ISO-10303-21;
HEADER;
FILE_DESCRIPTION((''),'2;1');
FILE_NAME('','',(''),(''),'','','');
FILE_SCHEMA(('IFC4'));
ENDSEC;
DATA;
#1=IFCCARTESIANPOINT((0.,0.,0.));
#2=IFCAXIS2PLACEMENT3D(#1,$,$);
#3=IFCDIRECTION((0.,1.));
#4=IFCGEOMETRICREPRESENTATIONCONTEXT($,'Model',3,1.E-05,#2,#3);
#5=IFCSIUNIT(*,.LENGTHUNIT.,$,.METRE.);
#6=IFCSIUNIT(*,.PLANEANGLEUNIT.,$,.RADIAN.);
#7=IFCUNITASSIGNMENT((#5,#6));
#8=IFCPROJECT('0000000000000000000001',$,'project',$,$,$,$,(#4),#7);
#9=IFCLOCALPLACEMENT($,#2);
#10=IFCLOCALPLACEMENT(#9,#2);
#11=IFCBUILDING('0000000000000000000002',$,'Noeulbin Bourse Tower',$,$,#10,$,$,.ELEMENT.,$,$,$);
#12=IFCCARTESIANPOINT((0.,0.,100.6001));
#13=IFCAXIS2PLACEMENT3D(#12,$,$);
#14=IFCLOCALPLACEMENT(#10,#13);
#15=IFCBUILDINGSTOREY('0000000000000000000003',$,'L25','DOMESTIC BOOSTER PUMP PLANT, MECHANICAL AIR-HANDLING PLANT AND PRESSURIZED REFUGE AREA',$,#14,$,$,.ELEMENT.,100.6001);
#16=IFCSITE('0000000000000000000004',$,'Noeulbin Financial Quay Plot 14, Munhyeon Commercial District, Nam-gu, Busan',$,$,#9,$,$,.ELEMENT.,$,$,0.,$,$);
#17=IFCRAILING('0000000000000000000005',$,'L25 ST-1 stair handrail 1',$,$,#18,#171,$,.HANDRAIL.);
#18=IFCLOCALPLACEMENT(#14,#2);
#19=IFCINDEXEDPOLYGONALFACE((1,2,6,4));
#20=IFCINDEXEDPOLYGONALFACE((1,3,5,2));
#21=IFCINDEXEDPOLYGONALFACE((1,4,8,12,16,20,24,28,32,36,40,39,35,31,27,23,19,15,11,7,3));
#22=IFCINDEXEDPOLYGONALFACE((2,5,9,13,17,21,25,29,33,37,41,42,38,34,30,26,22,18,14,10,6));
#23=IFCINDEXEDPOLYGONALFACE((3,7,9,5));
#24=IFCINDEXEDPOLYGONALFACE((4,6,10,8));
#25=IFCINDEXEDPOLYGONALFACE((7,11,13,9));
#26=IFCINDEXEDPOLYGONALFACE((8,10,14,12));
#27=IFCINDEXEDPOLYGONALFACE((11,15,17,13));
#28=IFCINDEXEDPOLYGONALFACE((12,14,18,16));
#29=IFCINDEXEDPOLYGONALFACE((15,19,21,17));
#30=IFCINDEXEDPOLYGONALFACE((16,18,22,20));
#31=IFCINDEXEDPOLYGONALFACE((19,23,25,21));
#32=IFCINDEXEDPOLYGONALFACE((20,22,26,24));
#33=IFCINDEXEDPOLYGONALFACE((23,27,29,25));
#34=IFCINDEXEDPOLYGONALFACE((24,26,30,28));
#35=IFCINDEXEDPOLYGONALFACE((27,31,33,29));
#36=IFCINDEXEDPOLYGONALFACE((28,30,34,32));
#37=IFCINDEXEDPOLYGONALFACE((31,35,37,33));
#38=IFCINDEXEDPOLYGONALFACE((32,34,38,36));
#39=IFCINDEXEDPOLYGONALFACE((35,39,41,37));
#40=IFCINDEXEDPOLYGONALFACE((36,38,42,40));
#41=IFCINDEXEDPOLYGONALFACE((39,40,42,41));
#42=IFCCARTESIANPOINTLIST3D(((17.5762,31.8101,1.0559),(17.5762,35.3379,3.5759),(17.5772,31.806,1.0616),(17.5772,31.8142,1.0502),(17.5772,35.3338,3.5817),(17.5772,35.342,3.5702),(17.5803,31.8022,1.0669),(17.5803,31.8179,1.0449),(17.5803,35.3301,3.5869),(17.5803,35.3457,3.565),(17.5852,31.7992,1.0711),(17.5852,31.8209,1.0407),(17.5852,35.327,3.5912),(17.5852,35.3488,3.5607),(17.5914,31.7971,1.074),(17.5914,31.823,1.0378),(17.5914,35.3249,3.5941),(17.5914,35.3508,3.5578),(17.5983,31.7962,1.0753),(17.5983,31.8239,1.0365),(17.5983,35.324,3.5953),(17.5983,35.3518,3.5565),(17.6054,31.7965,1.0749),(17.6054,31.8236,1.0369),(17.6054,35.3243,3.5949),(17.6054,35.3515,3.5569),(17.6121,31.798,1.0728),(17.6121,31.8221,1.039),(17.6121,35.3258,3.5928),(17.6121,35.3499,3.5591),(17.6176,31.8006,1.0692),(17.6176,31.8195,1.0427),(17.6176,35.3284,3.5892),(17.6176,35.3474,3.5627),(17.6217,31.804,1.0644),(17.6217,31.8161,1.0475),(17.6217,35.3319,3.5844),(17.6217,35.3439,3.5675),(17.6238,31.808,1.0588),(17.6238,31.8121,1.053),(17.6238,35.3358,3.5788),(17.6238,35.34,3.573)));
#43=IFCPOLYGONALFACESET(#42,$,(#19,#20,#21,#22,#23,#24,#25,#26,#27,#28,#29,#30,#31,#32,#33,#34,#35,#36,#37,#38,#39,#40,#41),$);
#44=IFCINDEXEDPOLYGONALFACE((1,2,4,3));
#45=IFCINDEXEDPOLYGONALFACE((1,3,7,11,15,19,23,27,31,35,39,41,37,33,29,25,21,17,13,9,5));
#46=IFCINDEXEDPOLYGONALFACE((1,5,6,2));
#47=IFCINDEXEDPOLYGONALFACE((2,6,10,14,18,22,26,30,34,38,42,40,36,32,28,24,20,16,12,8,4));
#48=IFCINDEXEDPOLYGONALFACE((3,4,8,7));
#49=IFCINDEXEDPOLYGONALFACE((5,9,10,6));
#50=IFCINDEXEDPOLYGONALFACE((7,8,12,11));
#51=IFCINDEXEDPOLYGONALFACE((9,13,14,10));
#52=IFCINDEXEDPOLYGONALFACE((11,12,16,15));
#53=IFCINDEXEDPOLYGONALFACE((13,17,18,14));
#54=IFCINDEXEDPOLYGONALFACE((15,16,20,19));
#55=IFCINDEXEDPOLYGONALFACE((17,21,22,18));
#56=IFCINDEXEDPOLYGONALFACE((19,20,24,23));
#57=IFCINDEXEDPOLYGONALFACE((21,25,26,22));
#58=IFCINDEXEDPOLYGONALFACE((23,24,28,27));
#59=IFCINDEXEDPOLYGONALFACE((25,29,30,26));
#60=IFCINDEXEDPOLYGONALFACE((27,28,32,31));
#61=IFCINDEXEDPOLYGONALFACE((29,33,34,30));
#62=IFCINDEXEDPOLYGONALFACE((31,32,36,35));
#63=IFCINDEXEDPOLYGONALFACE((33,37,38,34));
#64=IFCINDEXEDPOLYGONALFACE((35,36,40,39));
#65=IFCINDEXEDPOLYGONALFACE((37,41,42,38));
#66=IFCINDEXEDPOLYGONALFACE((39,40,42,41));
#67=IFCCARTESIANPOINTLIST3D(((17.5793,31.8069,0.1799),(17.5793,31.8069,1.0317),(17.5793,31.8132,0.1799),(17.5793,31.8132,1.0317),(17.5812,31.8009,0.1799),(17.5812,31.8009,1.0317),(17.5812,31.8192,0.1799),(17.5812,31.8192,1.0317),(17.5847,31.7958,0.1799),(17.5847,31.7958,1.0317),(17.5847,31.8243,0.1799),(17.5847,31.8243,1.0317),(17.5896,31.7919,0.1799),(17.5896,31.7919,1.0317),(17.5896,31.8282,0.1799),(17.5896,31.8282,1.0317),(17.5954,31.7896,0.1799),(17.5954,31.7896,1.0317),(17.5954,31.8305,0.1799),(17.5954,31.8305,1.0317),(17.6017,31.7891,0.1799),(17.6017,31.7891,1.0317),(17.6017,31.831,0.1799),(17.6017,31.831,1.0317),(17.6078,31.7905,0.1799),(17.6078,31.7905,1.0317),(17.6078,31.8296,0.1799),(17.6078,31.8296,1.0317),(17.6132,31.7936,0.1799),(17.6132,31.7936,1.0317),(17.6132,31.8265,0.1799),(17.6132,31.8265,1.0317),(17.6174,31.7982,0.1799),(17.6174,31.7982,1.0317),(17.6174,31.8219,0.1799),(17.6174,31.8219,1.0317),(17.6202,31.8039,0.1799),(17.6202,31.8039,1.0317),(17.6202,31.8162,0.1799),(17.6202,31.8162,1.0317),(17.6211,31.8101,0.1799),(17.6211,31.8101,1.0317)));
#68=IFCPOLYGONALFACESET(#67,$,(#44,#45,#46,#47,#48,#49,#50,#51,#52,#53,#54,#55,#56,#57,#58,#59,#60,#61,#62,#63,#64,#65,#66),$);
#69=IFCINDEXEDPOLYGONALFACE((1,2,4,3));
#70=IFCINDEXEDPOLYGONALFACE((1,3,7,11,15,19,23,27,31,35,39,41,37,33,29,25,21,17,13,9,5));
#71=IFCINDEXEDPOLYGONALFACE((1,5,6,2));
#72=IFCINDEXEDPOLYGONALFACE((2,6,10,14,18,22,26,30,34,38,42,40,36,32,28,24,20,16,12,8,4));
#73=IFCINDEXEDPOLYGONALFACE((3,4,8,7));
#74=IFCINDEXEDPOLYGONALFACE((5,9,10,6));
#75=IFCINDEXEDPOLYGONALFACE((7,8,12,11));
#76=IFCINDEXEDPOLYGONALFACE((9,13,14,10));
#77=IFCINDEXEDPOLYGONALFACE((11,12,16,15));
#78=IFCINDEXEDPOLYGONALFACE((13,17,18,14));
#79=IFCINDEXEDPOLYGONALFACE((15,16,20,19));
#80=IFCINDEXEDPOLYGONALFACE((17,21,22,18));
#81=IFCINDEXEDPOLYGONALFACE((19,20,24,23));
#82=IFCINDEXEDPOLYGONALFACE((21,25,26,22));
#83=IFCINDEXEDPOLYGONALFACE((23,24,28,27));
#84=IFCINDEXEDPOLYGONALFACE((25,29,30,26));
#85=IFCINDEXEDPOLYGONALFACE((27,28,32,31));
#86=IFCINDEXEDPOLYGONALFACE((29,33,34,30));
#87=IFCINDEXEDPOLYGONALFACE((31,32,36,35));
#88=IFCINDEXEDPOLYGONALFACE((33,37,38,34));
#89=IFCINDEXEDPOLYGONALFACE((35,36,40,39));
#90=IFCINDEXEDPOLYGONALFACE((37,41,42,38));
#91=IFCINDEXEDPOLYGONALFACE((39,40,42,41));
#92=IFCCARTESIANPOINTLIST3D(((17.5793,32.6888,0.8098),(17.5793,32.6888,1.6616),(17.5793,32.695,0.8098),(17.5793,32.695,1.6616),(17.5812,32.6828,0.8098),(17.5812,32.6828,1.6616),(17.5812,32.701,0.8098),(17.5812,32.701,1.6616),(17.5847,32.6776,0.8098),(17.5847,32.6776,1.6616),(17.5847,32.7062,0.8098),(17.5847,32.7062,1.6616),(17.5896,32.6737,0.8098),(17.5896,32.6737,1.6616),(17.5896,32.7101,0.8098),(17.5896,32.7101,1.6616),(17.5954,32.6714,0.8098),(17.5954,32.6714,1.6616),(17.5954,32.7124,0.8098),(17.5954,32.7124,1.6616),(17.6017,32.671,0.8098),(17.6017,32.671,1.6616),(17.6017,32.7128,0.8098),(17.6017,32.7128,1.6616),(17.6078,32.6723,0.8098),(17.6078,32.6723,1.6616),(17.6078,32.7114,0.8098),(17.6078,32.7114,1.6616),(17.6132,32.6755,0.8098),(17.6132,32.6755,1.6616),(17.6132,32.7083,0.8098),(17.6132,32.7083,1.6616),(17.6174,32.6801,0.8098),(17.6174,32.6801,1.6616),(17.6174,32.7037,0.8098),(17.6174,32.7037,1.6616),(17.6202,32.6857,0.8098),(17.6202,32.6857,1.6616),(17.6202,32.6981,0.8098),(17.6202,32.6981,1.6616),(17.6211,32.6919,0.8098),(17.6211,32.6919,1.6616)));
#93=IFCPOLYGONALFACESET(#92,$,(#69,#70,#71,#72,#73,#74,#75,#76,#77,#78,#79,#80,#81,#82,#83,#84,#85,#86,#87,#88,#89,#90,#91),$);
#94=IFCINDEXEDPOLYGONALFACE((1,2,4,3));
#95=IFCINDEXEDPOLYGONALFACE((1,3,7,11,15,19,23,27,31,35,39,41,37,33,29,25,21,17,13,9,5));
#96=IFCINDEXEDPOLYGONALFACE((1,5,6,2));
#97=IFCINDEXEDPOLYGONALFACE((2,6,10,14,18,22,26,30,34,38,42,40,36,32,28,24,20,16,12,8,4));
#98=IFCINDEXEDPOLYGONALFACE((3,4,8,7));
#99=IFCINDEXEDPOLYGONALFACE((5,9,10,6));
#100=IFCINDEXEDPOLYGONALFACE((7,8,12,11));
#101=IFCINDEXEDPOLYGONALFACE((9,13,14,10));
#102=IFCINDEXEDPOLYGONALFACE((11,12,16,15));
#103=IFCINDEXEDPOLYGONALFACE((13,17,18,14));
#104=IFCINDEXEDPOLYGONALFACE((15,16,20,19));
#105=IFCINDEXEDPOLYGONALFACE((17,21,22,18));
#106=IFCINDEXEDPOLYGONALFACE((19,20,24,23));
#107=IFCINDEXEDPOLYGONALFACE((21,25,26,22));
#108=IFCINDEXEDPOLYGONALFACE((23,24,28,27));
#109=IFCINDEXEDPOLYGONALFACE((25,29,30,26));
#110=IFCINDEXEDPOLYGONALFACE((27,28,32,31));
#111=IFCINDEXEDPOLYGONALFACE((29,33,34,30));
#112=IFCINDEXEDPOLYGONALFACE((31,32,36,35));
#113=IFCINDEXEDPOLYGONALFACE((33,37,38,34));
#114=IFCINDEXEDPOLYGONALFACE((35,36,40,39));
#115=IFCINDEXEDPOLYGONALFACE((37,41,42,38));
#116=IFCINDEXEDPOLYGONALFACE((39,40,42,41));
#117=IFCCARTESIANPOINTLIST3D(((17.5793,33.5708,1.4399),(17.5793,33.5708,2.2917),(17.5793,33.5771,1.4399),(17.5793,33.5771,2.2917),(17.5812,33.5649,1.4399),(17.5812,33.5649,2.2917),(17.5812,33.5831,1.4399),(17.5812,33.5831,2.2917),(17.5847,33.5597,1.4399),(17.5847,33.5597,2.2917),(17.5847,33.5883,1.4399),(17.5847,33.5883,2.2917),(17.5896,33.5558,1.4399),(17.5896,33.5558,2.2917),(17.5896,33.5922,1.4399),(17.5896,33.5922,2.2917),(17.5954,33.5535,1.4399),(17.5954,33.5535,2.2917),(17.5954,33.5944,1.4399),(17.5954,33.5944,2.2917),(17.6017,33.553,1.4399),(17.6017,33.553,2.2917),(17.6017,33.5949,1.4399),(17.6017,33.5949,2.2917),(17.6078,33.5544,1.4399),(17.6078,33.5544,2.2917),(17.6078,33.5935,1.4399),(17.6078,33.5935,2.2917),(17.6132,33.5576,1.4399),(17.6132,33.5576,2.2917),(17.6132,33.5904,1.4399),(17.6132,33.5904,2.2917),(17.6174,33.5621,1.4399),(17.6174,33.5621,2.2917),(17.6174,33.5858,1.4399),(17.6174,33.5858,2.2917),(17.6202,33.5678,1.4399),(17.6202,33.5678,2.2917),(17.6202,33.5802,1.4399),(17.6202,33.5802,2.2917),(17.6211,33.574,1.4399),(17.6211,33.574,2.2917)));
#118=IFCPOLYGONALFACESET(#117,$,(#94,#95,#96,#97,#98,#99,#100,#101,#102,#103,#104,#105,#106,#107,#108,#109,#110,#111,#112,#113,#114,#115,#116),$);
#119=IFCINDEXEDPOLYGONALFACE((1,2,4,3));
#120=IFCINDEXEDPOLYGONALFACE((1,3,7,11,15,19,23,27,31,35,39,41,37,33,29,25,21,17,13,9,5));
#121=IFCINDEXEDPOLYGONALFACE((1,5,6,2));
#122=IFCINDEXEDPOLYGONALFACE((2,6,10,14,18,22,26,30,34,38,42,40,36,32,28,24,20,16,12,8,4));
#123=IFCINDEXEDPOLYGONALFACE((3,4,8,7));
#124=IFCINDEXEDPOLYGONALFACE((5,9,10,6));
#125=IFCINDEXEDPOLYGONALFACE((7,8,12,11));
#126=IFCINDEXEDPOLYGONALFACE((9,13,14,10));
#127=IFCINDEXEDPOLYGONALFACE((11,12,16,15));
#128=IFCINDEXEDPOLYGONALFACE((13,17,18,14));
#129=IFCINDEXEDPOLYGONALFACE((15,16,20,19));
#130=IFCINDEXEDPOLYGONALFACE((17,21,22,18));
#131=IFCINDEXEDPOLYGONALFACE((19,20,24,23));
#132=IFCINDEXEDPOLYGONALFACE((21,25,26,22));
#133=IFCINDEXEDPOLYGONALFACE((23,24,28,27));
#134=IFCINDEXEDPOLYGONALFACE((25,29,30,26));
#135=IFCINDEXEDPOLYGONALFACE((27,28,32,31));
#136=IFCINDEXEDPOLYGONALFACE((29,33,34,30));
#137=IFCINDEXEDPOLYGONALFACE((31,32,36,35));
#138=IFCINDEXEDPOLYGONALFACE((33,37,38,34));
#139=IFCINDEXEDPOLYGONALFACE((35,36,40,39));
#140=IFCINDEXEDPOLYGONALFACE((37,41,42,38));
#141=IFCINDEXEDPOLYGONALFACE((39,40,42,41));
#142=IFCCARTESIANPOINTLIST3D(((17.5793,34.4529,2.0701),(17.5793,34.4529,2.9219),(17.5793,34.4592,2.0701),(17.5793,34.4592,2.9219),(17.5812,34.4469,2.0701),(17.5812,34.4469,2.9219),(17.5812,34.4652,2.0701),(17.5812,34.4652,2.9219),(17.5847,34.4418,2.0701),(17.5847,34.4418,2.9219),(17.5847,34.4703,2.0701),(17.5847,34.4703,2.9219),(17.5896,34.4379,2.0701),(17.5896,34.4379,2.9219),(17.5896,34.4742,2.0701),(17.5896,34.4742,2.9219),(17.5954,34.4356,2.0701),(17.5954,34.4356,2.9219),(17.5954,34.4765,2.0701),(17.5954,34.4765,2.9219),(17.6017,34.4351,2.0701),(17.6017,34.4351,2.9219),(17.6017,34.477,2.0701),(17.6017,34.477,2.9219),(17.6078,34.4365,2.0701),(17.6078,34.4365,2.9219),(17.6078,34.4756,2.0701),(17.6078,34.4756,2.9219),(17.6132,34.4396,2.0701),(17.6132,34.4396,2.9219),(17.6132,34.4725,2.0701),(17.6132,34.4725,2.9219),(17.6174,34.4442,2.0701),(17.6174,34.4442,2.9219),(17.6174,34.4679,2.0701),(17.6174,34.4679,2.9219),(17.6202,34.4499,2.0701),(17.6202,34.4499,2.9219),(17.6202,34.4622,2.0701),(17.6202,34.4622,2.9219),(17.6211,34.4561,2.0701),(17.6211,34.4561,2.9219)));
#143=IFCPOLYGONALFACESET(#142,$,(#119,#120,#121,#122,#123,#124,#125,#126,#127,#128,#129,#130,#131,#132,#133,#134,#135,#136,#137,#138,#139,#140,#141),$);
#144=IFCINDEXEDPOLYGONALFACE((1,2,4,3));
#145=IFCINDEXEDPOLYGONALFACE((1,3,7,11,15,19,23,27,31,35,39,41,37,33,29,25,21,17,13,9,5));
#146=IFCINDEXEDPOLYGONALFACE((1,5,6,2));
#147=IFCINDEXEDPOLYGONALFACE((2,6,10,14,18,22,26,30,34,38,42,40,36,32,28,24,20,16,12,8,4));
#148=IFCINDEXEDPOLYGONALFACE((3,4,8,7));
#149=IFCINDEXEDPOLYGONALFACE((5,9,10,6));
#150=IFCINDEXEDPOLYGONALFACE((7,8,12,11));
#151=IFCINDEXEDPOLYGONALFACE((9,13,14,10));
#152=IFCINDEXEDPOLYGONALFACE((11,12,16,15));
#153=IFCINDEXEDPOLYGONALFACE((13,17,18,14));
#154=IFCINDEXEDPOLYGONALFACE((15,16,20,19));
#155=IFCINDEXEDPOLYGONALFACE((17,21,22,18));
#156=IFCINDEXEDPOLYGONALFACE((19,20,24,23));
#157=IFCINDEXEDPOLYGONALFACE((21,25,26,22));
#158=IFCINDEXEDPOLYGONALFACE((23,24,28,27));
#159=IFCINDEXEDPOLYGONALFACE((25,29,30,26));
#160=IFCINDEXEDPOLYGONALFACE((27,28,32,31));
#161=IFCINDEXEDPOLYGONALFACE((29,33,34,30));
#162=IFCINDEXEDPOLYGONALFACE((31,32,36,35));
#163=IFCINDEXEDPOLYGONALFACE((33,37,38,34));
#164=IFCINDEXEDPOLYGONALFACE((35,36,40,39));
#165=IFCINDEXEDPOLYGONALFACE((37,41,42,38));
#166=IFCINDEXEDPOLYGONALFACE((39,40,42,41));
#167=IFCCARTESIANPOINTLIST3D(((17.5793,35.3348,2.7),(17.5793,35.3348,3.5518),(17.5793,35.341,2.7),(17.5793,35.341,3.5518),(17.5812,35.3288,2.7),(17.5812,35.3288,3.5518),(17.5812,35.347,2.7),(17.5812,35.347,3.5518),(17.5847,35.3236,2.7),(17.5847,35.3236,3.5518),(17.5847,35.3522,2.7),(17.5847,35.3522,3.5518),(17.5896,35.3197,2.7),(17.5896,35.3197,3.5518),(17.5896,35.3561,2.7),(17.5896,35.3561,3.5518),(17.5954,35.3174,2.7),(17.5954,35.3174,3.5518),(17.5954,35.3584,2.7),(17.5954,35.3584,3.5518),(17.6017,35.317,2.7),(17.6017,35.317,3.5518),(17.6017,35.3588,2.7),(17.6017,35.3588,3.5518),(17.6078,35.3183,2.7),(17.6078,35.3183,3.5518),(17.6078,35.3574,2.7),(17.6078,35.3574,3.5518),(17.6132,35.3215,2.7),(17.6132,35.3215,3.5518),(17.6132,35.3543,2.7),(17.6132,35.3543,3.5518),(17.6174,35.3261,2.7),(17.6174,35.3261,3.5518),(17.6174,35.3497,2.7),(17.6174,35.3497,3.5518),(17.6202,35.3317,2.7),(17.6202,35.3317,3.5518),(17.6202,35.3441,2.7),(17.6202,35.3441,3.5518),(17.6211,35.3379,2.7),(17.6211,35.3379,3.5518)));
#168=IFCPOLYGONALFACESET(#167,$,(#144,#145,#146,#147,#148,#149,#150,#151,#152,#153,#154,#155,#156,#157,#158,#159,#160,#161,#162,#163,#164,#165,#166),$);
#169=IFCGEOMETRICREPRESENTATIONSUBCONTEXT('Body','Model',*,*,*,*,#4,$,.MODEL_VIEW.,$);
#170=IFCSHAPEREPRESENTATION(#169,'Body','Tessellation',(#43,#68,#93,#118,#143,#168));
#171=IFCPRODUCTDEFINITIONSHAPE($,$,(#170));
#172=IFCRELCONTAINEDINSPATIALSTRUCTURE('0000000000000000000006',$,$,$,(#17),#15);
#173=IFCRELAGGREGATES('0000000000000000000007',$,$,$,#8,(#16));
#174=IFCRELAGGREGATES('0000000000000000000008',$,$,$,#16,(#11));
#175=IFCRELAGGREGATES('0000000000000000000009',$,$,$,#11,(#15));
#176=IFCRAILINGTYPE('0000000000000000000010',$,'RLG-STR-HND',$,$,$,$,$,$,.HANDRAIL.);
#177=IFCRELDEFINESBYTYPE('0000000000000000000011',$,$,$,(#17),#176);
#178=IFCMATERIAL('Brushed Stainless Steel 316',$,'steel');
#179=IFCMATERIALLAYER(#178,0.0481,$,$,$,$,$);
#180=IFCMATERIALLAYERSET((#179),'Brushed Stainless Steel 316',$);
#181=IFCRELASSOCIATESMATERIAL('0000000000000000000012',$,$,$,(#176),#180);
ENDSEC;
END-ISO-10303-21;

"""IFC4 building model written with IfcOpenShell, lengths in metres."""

from ifc_helpers import new_model, si_unit, direction, frame, origin, origin_2d, place, context, subcontext, project, spatial, circle, extrude, material, layer, layer_set, type_object, element, save


model = new_model("IFC4")

# Units and contexts
model_context = context("Model", 3, precision=1e-05, world=origin(), true_north=direction((0.0, 1.0)))
body_context = subcontext(model_context, "Body", "Model", "MODEL_VIEW")
ifc_project = project(units=[si_unit("LENGTHUNIT", "METRE"), si_unit("PLANEANGLEUNIT", "RADIAN")], contexts=[model_context])

# Site, building, storey
site_placement = place(None, origin())
site = spatial("IfcSite", under=ifc_project, at=site_placement, Name="Noeulbin Financial Quay Plot 14, Munhyeon Commercial District, Nam-gu, Busan", CompositionType="ELEMENT", RefElevation=0.0)
building_placement = place(site_placement, origin())
building = spatial("IfcBuilding", under=site, at=building_placement, Name="Noeulbin Bourse Tower", CompositionType="ELEMENT")
storey_placement = place(building_placement, frame((0.0, 0.0, 100.6001)))
storey = spatial("IfcBuildingStorey", under=building, at=storey_placement, Name="L25", Description="DOMESTIC BOOSTER PUMP PLANT, MECHANICAL AIR-HANDLING PLANT AND PRESSURIZED REFUGE AREA", CompositionType="ELEMENT", Elevation=100.6001)

# Shared definitions
ifc_material_1 = material(Name="Brushed Stainless Steel 316", Category="steel")

# Railing
ifc_layer_1 = layer(ifc_material_1, 0.0481)
ifc_layer_set_1 = layer_set([ifc_layer_1], Name="Brushed Stainless Steel 316")
railing_type_1 = type_object("IfcRailingType", Name="RLG-STR-HND", PredefinedType="HANDRAIL", material=ifc_layer_set_1)
railing_1_placement = place(storey_placement, frame((17.6001, 31.8101, 0.1799)))
element("IfcRailing", 1, at=railing_1_placement, inside=storey, type_object=railing_type_1, Name="L25 ST-1 stair handrail 1", PredefinedType="HANDRAIL", context=body_context, shape_type="SweptSolid", body=[
    extrude(circle(Radius=0.0239, at=origin_2d()), frame((0.0, 0.0, 0.876), z_axis=(0.0, 0.813718, 0.58126), x_axis=(-1.0, 0.0, 0.0)), (0.0, 0.0, 1.0), 4.3354),
    extrude(circle(Radius=0.021, at=origin_2d()), origin(), (0.0, 0.0, 1.0), 0.8518),
    extrude(circle(Radius=0.021, at=origin_2d()), frame((0.0, 0.8818, 0.6299)), (0.0, 0.0, 1.0), 0.8518),
    extrude(circle(Radius=0.021, at=origin_2d()), frame((0.0, 1.7639, 1.26)), (0.0, 0.0, 1.0), 0.8518),
    extrude(circle(Radius=0.021, at=origin_2d()), frame((0.0, 2.646, 1.8901)), (0.0, 0.0, 1.0), 0.8518),
    extrude(circle(Radius=0.021, at=origin_2d()), frame((0.0, 3.5278, 2.52)), (0.0, 0.0, 1.0), 0.8518),
])

save(model, "model.ifc")
